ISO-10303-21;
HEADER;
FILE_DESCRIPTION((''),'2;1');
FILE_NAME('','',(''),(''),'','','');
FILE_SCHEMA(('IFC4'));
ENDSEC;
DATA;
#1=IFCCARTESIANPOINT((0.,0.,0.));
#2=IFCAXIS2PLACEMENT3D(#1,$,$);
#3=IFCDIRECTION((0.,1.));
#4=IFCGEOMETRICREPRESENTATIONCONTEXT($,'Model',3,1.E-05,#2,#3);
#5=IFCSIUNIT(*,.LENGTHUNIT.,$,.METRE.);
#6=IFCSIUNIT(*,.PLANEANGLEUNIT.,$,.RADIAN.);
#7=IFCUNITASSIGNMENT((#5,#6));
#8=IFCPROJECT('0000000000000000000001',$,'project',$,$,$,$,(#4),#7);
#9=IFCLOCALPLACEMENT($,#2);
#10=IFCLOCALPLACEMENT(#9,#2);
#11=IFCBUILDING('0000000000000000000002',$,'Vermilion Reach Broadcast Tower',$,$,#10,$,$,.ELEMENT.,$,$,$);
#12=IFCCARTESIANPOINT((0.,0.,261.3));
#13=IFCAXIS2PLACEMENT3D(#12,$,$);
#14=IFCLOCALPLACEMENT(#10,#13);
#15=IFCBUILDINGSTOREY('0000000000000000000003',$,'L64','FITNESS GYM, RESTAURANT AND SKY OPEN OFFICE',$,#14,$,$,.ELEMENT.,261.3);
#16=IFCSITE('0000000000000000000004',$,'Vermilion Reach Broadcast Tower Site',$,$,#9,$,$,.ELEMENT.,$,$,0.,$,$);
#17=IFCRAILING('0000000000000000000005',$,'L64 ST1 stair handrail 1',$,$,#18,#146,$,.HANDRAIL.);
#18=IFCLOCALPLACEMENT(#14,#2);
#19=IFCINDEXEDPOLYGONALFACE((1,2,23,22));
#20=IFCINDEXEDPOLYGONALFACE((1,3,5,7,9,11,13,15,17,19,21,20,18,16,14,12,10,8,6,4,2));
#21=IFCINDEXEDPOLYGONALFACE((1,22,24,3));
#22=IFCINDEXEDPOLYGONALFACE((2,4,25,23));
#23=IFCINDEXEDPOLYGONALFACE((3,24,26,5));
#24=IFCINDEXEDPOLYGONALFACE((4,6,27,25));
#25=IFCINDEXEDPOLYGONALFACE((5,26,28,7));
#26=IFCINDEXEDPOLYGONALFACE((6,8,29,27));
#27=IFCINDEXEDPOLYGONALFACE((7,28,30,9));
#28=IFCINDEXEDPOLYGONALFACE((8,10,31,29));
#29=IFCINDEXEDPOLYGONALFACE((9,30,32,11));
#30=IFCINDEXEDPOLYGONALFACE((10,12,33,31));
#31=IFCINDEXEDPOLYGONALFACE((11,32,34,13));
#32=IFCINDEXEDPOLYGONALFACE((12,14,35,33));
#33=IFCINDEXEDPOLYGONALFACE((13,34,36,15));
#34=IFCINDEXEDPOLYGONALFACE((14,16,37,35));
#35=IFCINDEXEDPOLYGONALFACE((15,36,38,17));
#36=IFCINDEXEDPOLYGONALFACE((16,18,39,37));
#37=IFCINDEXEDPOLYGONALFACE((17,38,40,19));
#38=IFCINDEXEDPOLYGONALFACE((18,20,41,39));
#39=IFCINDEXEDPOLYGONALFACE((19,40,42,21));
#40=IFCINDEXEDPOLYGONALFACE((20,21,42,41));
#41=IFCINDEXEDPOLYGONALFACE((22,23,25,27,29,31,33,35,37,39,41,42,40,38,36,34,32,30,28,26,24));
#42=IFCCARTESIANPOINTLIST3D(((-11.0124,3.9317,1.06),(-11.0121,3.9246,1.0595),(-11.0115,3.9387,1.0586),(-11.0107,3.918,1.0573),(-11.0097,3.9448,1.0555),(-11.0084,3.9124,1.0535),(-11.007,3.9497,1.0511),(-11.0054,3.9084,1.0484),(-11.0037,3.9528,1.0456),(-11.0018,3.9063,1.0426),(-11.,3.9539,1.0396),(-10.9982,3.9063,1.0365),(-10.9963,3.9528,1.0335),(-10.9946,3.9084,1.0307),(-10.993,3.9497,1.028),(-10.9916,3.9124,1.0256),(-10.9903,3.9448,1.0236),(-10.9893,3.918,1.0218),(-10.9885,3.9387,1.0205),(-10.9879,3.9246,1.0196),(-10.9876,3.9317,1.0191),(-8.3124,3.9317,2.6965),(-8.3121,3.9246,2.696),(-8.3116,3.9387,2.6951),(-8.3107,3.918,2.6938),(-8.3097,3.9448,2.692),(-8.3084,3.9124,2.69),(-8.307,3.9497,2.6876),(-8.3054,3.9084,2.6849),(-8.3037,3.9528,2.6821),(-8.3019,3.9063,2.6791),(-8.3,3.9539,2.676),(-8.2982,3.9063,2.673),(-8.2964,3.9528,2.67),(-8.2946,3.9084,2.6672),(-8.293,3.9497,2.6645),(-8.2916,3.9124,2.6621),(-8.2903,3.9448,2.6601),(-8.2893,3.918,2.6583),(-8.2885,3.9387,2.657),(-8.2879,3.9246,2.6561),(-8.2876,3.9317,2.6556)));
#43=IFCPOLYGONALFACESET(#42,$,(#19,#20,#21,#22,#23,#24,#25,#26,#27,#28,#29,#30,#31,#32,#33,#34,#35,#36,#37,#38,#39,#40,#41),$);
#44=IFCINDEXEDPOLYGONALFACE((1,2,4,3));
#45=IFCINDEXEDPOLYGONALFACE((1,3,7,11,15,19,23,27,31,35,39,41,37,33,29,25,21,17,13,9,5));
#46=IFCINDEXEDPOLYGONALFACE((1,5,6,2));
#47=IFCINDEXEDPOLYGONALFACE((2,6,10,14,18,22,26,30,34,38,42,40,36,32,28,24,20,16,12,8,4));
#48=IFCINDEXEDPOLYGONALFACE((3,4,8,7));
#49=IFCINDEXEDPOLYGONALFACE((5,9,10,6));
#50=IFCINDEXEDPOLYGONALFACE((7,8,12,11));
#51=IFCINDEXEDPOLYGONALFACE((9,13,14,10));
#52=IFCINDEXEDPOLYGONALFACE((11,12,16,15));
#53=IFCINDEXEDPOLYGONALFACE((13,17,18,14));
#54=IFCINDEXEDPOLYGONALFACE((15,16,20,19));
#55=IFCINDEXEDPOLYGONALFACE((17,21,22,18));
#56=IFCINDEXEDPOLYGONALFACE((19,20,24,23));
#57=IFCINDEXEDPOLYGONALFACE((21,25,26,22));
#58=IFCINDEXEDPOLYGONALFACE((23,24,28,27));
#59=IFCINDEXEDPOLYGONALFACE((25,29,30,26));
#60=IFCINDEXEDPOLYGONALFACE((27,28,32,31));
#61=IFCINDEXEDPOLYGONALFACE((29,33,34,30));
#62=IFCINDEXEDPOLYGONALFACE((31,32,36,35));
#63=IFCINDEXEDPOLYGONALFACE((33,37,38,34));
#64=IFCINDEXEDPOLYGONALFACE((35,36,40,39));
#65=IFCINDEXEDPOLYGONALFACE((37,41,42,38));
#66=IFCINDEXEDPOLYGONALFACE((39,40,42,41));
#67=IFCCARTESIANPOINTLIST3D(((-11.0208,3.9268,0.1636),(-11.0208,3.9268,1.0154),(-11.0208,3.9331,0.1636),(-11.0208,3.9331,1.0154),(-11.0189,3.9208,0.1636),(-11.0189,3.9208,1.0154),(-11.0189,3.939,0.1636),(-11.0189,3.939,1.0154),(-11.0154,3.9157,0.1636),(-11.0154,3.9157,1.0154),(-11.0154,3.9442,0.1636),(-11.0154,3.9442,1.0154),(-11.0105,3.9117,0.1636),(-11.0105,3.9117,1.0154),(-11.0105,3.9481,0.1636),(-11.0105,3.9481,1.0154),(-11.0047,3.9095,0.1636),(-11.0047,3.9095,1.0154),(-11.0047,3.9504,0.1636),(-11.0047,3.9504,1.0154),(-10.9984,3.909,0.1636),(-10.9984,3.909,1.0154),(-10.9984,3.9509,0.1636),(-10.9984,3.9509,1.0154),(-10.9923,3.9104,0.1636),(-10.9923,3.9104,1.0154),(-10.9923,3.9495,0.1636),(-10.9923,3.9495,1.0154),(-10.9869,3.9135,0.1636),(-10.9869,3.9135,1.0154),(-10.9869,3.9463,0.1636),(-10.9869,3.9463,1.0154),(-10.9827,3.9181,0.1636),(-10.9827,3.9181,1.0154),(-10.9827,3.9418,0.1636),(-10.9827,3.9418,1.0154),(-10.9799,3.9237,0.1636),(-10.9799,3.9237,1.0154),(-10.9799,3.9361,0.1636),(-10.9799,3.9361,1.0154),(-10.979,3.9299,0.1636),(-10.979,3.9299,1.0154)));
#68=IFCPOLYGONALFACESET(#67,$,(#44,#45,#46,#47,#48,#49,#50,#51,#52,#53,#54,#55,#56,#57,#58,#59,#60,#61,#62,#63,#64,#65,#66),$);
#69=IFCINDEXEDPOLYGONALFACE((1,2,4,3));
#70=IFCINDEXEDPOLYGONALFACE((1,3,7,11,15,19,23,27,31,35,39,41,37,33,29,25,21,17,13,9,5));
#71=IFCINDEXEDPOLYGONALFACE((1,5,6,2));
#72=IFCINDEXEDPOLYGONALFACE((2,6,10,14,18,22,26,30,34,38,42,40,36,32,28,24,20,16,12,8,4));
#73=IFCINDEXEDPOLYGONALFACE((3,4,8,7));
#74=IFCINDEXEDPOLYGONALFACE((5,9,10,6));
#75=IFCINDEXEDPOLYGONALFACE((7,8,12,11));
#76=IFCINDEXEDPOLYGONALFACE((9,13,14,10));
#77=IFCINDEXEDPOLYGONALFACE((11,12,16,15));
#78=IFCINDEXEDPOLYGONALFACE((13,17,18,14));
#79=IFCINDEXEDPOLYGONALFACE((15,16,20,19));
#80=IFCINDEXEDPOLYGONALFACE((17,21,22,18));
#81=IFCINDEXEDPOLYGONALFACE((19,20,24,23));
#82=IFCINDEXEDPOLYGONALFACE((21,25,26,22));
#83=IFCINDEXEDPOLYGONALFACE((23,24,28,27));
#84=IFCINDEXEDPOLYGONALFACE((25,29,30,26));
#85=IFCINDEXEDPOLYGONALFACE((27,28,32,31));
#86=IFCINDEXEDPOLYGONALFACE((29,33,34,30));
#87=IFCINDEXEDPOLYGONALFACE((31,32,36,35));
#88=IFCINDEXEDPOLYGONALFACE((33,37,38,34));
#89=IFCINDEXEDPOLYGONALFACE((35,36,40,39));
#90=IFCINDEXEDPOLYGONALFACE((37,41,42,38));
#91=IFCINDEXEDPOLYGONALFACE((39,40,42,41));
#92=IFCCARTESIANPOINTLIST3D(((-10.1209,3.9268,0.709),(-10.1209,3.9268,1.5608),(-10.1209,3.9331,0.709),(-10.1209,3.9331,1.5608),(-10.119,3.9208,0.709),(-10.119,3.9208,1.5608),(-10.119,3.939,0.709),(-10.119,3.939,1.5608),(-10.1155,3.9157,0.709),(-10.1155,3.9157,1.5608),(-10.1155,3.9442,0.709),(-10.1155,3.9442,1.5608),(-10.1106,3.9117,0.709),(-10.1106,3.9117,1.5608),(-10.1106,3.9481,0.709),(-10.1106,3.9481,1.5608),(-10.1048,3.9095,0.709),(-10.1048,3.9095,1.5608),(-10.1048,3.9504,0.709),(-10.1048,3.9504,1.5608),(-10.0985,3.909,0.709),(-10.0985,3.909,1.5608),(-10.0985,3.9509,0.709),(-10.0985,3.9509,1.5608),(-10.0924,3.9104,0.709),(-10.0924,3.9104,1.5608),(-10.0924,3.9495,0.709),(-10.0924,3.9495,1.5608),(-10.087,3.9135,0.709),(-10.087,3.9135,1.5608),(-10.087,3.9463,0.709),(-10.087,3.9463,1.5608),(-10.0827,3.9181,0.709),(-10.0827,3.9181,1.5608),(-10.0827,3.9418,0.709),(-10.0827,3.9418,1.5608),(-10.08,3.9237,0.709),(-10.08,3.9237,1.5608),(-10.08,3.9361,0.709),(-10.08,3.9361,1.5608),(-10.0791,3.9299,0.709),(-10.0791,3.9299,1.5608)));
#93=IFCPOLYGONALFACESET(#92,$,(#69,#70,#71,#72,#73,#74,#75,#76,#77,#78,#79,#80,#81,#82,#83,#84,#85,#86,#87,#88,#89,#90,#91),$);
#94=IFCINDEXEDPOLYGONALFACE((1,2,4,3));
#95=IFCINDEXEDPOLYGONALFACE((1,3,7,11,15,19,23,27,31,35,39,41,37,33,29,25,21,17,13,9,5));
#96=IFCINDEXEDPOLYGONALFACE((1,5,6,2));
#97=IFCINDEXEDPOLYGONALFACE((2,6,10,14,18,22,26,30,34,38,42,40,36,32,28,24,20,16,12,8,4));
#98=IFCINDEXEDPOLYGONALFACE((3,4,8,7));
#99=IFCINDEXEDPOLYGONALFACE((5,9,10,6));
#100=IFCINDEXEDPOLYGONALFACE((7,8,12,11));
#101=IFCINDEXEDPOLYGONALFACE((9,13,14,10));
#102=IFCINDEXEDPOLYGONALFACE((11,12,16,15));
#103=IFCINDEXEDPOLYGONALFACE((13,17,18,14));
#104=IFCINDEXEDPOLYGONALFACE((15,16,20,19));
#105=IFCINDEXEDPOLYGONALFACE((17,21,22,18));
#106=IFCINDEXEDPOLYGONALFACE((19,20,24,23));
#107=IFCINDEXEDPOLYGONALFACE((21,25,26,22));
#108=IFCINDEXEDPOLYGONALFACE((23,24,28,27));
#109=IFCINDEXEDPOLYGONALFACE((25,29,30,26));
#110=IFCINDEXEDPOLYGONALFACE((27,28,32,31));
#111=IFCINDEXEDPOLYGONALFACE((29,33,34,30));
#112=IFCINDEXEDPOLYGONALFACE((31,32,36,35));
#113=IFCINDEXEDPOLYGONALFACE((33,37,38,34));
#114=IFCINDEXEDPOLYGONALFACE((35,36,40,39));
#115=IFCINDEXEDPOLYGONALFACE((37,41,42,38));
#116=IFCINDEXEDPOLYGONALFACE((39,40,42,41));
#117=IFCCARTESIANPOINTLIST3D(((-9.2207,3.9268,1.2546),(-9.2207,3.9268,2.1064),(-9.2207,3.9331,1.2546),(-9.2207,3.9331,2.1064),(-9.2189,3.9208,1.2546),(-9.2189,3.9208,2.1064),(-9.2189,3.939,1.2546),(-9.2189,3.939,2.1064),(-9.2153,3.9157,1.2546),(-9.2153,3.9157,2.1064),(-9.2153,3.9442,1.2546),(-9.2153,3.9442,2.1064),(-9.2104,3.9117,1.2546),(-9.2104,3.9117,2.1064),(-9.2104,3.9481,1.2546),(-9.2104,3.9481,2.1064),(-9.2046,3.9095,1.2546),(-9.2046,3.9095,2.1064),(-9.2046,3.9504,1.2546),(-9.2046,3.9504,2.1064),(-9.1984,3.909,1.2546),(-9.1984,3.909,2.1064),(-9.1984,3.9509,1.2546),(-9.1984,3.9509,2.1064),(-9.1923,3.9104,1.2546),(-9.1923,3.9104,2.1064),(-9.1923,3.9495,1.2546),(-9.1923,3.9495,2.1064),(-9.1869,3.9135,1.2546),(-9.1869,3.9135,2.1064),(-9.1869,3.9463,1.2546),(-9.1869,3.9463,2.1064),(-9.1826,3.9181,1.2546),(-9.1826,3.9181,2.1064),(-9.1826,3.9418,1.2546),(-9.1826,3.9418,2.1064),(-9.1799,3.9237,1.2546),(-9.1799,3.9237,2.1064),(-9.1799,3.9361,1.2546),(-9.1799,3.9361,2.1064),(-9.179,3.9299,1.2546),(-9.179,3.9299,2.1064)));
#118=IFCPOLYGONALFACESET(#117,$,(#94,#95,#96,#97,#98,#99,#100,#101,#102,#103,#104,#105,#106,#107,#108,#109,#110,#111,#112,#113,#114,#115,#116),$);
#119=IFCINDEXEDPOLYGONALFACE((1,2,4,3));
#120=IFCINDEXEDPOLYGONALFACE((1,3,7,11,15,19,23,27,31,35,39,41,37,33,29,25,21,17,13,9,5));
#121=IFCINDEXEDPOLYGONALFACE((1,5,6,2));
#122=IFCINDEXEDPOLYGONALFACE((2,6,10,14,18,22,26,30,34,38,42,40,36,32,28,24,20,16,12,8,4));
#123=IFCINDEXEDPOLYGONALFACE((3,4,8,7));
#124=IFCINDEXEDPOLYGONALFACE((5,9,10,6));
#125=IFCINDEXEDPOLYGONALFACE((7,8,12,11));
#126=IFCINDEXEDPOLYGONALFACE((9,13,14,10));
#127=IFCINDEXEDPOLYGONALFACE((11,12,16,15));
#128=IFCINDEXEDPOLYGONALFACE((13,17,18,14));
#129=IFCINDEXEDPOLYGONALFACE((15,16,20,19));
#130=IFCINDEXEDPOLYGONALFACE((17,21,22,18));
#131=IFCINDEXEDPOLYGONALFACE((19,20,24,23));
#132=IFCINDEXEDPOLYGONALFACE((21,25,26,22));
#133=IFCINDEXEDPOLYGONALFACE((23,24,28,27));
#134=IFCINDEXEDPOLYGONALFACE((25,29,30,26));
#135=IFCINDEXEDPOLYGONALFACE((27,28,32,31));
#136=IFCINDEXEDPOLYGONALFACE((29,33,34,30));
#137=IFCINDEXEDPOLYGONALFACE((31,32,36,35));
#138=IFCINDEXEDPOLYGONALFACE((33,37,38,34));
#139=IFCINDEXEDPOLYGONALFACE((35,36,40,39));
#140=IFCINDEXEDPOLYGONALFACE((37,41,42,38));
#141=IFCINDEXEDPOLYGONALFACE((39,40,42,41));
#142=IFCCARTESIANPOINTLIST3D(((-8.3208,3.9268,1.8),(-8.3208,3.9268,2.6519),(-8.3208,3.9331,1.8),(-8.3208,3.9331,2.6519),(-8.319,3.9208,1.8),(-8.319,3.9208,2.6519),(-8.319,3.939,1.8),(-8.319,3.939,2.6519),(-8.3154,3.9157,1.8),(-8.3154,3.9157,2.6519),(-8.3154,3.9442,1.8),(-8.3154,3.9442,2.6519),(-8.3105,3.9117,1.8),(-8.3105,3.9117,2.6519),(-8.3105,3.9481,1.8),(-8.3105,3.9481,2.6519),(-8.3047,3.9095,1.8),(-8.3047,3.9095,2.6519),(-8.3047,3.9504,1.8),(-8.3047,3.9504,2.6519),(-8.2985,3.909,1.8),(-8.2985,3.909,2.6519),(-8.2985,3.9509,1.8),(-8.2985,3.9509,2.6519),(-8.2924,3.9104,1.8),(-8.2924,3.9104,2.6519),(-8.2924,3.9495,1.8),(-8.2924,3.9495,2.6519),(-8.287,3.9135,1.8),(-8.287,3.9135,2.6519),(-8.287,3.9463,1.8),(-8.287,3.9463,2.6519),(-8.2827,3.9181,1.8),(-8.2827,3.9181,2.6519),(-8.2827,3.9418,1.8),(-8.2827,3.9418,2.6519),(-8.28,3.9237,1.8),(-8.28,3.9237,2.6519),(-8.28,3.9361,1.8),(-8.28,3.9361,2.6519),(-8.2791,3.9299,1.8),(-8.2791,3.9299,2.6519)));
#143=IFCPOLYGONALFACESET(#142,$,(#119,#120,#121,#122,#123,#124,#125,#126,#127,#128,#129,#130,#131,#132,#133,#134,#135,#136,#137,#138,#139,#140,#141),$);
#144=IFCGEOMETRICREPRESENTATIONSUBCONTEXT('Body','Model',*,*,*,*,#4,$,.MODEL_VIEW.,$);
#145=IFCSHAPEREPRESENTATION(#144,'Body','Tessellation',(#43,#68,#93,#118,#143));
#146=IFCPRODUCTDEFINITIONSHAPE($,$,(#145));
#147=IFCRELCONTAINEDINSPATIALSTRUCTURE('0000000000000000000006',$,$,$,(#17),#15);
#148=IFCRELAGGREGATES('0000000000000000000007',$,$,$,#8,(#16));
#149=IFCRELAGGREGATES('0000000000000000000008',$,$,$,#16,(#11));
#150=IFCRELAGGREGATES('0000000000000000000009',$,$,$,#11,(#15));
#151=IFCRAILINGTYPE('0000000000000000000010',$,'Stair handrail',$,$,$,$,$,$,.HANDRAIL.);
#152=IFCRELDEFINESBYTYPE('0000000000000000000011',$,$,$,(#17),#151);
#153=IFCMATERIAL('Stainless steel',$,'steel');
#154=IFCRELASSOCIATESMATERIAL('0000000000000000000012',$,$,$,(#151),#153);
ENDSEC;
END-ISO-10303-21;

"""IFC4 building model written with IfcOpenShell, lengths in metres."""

from ifc_helpers import new_model, si_unit, direction, frame, origin, origin_2d, place, context, subcontext, project, spatial, circle, extrude, material, type_object, element, save


model = new_model("IFC4")

# Units and contexts
model_context = context("Model", 3, precision=1e-05, world=origin(), true_north=direction((0.0, 1.0)))
body_context = subcontext(model_context, "Body", "Model", "MODEL_VIEW")
ifc_project = project(units=[si_unit("LENGTHUNIT", "METRE"), si_unit("PLANEANGLEUNIT", "RADIAN")], contexts=[model_context])

# Site, building, storey
site_placement = place(None, origin())
site = spatial("IfcSite", under=ifc_project, at=site_placement, Name="Vermilion Reach Broadcast Tower Site", CompositionType="ELEMENT", RefElevation=0.0)
building_placement = place(site_placement, origin())
building = spatial("IfcBuilding", under=site, at=building_placement, Name="Vermilion Reach Broadcast Tower", CompositionType="ELEMENT")
storey_placement = place(building_placement, frame((0.0, 0.0, 261.3)))
storey = spatial("IfcBuildingStorey", under=building, at=storey_placement, Name="L64", Description="FITNESS GYM, RESTAURANT AND SKY OPEN OFFICE", CompositionType="ELEMENT", Elevation=261.3)

# Railing
ifc_material_1 = material(Name="Stainless steel", Category="steel")
railing_type_1 = type_object("IfcRailingType", Name="Stair handrail", PredefinedType="HANDRAIL", material=ifc_material_1)
railing_1_placement = place(storey_placement, frame((-11.0, 3.9299, 0.1636)))
element("IfcRailing", 1, at=railing_1_placement, inside=storey, type_object=railing_type_1, Name="L64 ST1 stair handrail 1", PredefinedType="HANDRAIL", context=body_context, shape_type="SweptSolid", body=[
    extrude(circle(Radius=0.0239, at=origin_2d()), frame((0.0, 0.0, 0.876), z_axis=(0.855178, 0.0, 0.518334), x_axis=(0.0, 1.0, 0.0)), (0.0, 0.0, 1.0), 3.1572),
    extrude(circle(Radius=0.021, at=origin_2d()), origin(), (0.0, 0.0, 1.0), 0.8518),
    extrude(circle(Radius=0.021, at=origin_2d()), frame((0.8999, 0.0, 0.5454)), (0.0, 0.0, 1.0), 0.8518),
    extrude(circle(Radius=0.021, at=origin_2d()), frame((1.8, 0.0, 1.0911)), (0.0, 0.0, 1.0), 0.8518),
    extrude(circle(Radius=0.021, at=origin_2d()), frame((2.7, 0.0, 1.6365)), (0.0, 0.0, 1.0), 0.8518),
])

save(model, "model.ifc")
